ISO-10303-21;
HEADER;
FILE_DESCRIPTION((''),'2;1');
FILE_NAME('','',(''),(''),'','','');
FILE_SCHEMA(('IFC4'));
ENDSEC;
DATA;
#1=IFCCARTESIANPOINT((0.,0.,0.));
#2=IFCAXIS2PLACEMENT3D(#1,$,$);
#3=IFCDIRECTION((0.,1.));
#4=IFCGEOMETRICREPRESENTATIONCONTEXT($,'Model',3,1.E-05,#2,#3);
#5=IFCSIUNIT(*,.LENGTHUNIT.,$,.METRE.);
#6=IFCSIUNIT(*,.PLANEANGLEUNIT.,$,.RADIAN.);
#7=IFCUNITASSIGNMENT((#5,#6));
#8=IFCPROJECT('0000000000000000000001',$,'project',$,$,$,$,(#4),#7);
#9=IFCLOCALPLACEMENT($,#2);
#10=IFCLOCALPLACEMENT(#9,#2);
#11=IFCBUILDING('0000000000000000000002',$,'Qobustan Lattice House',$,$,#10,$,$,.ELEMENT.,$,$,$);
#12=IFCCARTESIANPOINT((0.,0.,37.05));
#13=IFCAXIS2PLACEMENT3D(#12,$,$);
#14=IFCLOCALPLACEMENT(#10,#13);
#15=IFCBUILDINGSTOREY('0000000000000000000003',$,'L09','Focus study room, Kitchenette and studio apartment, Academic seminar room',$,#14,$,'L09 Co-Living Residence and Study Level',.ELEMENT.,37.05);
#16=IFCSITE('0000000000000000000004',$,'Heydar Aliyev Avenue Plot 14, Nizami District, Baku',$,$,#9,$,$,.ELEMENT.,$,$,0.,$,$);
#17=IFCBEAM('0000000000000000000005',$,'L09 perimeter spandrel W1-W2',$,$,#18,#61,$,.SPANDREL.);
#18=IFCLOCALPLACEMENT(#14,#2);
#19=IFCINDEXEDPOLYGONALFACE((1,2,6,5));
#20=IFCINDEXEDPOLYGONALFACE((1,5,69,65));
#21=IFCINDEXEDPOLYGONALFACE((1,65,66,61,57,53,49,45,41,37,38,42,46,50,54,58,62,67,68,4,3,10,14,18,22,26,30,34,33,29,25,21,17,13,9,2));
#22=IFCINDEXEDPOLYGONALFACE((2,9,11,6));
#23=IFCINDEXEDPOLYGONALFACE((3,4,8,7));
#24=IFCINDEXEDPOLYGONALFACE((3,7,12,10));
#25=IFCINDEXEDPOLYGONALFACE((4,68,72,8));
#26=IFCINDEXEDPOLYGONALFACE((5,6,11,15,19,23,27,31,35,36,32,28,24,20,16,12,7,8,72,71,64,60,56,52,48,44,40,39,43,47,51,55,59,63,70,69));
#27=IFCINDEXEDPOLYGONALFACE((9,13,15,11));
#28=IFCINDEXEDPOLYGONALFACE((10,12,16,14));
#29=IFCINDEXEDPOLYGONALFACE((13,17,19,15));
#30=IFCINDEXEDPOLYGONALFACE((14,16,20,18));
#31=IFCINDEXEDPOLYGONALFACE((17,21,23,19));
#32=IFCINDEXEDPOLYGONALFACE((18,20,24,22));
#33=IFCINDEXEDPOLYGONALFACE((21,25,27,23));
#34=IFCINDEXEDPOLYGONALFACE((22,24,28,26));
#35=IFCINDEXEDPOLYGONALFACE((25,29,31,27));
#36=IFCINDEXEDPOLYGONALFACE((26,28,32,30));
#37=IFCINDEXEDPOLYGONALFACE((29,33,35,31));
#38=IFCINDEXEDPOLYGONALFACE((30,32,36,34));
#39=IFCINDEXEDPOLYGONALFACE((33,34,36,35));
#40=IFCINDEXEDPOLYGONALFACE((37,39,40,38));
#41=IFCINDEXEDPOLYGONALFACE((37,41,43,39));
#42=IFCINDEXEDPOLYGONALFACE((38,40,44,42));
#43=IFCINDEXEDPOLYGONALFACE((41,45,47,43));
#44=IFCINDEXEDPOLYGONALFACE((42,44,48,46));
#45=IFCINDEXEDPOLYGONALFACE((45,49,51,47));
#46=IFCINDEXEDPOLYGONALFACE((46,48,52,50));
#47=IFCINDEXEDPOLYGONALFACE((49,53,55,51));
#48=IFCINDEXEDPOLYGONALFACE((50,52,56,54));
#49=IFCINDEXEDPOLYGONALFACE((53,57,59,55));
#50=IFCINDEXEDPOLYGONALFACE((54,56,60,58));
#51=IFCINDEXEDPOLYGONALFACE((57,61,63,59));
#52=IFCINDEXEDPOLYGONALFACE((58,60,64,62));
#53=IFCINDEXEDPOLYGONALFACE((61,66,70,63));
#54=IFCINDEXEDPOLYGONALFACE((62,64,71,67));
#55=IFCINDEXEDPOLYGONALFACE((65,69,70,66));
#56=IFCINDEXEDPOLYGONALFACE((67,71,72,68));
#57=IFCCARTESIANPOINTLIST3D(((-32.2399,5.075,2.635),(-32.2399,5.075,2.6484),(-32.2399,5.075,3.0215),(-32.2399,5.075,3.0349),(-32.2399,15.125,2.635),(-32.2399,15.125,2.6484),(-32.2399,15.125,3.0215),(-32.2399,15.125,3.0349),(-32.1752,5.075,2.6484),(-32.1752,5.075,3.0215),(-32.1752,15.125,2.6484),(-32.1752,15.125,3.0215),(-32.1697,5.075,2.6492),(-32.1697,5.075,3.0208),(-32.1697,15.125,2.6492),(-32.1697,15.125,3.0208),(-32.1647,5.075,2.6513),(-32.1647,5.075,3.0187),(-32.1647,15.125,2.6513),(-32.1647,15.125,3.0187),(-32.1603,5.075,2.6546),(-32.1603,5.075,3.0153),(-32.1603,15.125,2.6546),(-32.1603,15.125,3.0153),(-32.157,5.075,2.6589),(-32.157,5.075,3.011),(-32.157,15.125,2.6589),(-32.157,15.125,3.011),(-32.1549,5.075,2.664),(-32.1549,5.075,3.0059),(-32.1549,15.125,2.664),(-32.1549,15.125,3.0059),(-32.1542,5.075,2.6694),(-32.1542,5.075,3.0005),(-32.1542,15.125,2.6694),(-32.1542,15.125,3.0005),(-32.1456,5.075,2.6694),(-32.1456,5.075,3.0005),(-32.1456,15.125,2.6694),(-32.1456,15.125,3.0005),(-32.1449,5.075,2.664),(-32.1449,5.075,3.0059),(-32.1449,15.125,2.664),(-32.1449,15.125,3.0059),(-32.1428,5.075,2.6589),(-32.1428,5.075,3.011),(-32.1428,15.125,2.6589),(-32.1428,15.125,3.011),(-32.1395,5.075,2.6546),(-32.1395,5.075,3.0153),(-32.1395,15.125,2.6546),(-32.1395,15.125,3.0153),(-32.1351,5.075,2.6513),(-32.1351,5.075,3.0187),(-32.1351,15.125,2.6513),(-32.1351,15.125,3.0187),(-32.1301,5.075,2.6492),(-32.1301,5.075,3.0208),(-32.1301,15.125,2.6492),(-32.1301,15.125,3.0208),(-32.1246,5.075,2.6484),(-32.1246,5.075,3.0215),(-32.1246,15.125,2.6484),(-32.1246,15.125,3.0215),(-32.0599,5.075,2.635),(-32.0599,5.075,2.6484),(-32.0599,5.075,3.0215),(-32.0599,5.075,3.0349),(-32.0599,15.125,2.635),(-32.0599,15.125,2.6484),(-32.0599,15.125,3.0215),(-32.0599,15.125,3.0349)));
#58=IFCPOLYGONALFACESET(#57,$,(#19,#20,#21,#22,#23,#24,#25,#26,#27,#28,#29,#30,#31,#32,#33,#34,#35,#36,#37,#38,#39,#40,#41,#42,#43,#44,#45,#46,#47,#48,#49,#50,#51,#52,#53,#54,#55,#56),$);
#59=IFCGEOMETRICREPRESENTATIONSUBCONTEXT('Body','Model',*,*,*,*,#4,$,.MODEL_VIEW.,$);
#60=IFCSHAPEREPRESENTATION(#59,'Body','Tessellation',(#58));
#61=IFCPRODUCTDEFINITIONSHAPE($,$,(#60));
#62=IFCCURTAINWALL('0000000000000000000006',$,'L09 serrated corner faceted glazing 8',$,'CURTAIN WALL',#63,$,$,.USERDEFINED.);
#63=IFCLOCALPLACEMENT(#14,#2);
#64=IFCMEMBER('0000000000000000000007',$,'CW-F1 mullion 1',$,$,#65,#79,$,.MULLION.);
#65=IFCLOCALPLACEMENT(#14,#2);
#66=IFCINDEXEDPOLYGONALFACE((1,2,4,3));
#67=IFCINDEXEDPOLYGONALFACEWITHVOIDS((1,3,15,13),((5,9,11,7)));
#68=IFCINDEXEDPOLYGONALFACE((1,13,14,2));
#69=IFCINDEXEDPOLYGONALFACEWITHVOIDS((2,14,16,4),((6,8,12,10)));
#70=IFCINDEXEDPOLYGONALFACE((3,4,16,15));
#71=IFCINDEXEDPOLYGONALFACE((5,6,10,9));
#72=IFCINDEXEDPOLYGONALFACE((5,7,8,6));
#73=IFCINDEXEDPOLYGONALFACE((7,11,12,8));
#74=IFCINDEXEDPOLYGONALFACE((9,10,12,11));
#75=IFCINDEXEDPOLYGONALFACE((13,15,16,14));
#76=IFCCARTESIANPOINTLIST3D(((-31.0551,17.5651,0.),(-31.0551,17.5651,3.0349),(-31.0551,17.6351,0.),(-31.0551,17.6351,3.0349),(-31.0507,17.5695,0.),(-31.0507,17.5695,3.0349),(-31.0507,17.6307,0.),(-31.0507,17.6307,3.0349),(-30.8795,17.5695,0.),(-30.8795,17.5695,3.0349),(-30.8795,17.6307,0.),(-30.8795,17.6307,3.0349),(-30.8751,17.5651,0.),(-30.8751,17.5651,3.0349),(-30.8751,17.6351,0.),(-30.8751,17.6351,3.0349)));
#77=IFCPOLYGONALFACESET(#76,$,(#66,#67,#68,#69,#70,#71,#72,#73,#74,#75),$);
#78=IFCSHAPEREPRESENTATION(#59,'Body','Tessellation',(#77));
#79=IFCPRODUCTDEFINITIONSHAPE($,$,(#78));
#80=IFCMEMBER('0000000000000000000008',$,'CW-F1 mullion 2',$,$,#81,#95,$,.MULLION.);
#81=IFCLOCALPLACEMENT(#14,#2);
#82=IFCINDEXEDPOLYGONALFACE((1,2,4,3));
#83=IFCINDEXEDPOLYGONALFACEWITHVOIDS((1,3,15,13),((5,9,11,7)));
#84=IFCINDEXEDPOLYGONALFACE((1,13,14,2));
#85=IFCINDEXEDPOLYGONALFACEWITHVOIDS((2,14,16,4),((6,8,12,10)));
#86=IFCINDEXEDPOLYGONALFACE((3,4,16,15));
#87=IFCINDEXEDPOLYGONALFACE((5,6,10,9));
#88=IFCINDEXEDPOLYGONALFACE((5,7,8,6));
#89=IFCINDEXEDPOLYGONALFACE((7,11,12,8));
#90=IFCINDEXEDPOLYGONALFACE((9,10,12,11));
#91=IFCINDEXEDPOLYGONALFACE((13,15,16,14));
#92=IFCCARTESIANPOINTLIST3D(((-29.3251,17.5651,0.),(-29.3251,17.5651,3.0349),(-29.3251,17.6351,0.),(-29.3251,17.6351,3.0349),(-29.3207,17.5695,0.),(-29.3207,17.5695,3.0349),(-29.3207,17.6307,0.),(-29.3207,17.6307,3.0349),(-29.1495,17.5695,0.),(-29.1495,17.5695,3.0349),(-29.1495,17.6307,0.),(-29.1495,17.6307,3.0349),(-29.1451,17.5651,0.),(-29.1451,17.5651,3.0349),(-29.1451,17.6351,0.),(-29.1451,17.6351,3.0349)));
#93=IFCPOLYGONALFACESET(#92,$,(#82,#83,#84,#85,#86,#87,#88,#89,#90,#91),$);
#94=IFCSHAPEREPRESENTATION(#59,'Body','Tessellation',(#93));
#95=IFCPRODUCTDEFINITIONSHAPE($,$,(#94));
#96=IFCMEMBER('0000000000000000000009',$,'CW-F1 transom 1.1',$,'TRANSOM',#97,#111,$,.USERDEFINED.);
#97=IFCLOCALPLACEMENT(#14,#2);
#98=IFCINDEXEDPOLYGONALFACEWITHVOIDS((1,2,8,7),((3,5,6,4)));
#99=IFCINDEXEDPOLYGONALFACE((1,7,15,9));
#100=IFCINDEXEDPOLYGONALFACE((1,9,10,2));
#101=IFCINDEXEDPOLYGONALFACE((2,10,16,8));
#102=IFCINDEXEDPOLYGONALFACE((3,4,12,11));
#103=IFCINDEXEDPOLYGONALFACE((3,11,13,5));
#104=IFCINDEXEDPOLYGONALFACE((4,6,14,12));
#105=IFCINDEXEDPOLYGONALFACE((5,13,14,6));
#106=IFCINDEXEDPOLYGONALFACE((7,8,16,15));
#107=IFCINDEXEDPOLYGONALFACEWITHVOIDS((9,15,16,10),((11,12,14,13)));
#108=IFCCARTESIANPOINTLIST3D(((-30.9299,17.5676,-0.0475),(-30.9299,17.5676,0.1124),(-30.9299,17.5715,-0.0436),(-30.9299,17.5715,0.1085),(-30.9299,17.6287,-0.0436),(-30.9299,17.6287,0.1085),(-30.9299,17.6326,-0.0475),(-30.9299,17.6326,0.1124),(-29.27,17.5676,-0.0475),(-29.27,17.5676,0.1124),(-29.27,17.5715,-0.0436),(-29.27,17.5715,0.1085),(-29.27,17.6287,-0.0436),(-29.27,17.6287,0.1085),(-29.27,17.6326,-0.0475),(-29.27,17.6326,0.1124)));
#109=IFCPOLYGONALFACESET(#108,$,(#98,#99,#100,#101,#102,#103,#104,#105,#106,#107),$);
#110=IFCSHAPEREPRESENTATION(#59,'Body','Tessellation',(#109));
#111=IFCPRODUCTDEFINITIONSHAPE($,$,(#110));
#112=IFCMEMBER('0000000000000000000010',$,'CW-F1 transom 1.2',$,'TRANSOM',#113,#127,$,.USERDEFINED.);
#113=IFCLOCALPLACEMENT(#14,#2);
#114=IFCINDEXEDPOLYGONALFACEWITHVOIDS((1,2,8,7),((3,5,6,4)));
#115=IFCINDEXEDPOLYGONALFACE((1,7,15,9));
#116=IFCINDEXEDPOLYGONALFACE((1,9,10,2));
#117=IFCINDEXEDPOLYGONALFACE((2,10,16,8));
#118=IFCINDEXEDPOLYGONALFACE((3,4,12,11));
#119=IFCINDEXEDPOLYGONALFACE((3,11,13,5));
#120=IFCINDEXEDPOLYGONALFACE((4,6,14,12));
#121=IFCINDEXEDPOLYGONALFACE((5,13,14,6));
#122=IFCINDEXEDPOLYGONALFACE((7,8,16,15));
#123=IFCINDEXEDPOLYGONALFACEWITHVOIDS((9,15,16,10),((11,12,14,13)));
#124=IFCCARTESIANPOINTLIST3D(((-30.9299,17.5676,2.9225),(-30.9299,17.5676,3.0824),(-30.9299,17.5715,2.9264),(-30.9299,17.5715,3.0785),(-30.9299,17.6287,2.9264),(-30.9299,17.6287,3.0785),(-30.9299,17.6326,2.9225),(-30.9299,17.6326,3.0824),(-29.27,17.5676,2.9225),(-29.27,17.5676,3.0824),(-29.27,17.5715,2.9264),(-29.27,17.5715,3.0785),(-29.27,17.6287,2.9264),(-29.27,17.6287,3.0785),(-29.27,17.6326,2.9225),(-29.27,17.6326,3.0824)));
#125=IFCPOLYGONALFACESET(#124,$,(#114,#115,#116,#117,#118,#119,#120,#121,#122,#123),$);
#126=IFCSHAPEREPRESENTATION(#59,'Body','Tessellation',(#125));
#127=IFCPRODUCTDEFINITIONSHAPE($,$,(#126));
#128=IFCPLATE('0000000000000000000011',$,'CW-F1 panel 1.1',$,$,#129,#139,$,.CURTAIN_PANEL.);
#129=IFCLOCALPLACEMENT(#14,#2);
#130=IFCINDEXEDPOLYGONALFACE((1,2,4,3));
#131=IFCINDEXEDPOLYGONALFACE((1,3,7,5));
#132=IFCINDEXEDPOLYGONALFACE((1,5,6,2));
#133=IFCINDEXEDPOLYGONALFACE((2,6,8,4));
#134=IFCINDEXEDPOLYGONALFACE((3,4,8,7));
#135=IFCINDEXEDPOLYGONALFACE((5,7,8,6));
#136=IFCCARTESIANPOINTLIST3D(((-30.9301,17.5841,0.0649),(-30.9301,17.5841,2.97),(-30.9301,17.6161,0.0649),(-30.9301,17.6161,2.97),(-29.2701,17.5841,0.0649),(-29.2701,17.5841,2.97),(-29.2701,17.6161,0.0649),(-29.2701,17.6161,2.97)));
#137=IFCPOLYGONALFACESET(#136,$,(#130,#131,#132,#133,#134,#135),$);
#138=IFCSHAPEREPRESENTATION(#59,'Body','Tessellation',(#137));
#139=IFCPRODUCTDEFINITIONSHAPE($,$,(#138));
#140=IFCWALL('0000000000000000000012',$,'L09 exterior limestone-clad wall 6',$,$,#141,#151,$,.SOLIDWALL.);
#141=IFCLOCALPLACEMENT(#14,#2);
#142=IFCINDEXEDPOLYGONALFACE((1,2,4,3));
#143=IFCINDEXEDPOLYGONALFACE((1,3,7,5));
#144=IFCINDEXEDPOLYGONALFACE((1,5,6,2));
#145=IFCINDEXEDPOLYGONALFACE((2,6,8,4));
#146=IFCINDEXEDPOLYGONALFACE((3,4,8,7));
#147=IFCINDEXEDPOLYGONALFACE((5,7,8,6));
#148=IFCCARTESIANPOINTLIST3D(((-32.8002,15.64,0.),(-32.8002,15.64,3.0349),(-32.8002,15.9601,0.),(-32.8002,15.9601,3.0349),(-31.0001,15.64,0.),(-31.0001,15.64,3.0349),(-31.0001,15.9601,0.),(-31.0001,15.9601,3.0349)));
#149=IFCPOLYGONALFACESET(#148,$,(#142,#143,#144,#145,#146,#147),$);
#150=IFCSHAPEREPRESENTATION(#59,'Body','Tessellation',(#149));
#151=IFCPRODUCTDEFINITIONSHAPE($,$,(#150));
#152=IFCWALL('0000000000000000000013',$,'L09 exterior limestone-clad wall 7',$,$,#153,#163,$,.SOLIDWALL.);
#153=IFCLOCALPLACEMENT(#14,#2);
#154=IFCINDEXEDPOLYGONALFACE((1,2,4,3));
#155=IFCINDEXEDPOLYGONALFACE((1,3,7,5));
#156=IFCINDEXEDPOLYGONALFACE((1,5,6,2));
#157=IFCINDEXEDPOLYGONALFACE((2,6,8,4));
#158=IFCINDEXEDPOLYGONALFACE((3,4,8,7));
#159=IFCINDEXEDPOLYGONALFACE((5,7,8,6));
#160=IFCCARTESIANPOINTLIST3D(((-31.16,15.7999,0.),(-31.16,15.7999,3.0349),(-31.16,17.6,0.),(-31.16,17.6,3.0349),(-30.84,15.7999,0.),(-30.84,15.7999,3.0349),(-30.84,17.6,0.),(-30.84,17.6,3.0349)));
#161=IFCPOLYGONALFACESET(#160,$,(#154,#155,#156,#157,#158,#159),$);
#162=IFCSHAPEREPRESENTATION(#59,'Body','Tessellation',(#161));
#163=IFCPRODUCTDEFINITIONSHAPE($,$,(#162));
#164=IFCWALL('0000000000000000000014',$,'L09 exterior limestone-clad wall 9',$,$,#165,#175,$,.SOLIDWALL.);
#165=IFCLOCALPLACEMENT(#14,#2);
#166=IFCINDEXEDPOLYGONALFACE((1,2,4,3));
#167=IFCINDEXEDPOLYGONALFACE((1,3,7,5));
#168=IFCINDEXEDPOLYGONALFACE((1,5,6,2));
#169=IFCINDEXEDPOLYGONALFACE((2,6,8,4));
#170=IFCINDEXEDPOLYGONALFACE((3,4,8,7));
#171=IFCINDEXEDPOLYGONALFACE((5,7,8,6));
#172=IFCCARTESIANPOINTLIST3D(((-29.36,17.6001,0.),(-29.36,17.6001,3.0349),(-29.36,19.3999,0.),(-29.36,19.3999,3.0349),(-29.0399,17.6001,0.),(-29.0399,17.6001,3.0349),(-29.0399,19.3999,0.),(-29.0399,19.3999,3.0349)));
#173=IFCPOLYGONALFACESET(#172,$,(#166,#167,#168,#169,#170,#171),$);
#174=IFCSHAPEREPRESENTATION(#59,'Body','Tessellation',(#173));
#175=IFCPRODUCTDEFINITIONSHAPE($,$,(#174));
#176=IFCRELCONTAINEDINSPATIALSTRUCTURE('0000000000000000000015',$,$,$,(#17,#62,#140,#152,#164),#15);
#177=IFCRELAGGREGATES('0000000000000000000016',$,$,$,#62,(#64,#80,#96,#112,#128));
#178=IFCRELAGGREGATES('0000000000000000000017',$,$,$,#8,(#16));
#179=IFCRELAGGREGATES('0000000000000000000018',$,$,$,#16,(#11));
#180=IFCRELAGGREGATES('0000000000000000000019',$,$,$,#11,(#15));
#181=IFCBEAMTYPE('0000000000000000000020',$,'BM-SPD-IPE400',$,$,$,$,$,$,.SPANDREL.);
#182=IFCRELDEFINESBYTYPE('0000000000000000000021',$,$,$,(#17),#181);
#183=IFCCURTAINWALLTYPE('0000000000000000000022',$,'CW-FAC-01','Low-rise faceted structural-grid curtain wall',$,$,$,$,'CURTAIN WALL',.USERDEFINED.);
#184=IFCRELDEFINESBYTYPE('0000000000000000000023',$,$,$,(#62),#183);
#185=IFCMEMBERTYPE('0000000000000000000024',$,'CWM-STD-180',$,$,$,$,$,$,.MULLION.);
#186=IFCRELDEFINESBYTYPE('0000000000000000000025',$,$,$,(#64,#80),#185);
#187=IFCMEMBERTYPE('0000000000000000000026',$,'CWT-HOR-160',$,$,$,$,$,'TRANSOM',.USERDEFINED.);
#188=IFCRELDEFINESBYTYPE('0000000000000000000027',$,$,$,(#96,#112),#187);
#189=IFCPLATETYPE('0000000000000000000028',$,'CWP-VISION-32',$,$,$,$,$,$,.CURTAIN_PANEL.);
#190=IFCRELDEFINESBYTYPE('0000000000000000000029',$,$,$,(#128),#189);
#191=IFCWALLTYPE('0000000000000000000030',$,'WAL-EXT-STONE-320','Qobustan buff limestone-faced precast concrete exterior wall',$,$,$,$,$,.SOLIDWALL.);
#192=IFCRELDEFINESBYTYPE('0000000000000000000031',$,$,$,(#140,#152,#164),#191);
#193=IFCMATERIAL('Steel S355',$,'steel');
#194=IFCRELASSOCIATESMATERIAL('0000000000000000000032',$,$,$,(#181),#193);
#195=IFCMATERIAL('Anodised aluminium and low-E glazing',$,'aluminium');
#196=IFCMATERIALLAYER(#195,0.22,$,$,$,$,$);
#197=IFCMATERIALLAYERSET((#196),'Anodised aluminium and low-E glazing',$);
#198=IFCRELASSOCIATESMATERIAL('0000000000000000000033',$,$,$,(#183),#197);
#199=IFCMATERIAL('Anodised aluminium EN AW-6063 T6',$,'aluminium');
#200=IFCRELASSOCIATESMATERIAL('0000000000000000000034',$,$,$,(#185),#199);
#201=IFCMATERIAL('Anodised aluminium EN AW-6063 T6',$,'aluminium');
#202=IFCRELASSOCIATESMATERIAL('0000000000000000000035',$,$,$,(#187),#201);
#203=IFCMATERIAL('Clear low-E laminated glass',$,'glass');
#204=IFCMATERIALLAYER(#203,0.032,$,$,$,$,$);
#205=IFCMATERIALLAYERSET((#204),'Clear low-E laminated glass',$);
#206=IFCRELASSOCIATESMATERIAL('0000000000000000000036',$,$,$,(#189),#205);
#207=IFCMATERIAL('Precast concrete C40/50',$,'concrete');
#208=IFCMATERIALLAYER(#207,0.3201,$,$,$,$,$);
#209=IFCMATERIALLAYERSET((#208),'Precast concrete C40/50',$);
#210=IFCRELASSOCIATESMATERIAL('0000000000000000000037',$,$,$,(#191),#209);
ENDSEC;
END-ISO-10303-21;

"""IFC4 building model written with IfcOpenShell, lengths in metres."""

from ifc_helpers import new_model, si_unit, direction, frame, frame_2d, origin, origin_2d, place, context, subcontext, project, spatial, rectangle, hollow_rectangle, i_section, extrude, material, layer, layer_set, material_profile, profile_set, type_object, element, aggregate, save


model = new_model("IFC4")

# Units and contexts
model_context = context("Model", 3, precision=1e-05, world=origin(), true_north=direction((0.0, 1.0)))
body_context = subcontext(model_context, "Body", "Model", "MODEL_VIEW")
ifc_project = project(units=[si_unit("LENGTHUNIT", "METRE"), si_unit("PLANEANGLEUNIT", "RADIAN")], contexts=[model_context])

# Site, building, storey
site_placement = place(None, origin())
site = spatial("IfcSite", under=ifc_project, at=site_placement, Name="Heydar Aliyev Avenue Plot 14, Nizami District, Baku", CompositionType="ELEMENT", RefElevation=0.0)
building_placement = place(site_placement, origin())
building = spatial("IfcBuilding", under=site, at=building_placement, Name="Qobustan Lattice House", CompositionType="ELEMENT")
storey_placement = place(building_placement, frame((0.0, 0.0, 37.05)))
storey = spatial("IfcBuildingStorey", under=building, at=storey_placement, Name="L09", Description="Focus study room, Kitchenette and studio apartment, Academic seminar room", LongName="L09 Co-Living Residence and Study Level", CompositionType="ELEMENT", Elevation=37.05)

# Beam
ifc_material_1 = material(Name="Steel S355", Category="steel")
ifc_material_profile_1 = material_profile(ifc_material_1, i_section(OverallWidth=0.1799, OverallDepth=0.3999, WebThickness=0.0085, FlangeThickness=0.0134, FilletRadius=0.021, at=origin_2d()), Name="IPE400")
ifc_profile_set_1 = profile_set([ifc_material_profile_1], Name="Steel S355")
beam_type_1 = type_object("IfcBeamType", Name="BM-SPD-IPE400", PredefinedType="SPANDREL", material=ifc_profile_set_1)
beam_1_placement = place(storey_placement, frame((-32.1499, 15.125, 2.835), z_axis=(0.0, -1.0, 0.0), x_axis=(1.0, 0.0, 0.0)))
element("IfcBeam", 1, at=beam_1_placement, inside=storey, type_object=beam_type_1, Name="L09 perimeter spandrel W1-W2", PredefinedType="SPANDREL", context=body_context, shape_type="SweptSolid", body=[
    extrude(i_section(OverallWidth=0.1799, OverallDepth=0.3999, WebThickness=0.0085, FlangeThickness=0.0134, FilletRadius=0.021, at=origin_2d()), origin(), (0.0, 0.0, 1.0), 10.05),
])

# Curtain wall, members, plate
ifc_material_2 = material(Name="Anodised aluminium and low-E glazing", Category="aluminium")
ifc_layer_1 = layer(ifc_material_2, 0.22)
ifc_layer_set_1 = layer_set([ifc_layer_1], Name="Anodised aluminium and low-E glazing")
curtain_wall_type = type_object("IfcCurtainWallType", Name="CW-FAC-01", Description="Low-rise faceted structural-grid curtain wall", ElementType="CURTAIN WALL", PredefinedType="USERDEFINED", material=ifc_layer_set_1)
curtain_wall_placement = place(storey_placement, origin())
curtain_wall = element("IfcCurtainWall", 2, at=curtain_wall_placement, inside=storey, type_object=curtain_wall_type, Name="L09 serrated corner faceted glazing 8", ObjectType="CURTAIN WALL", PredefinedType="USERDEFINED")
ifc_material_3 = material(Name="Anodised aluminium EN AW-6063 T6", Category="aluminium")
ifc_material_profile_2 = material_profile(ifc_material_3, hollow_rectangle(XDim=0.0701, YDim=0.1799, WallThickness=0.0044, at=origin_2d()), Name="CWM-180x70")
ifc_profile_set_2 = profile_set([ifc_material_profile_2], Name="Anodised aluminium EN AW-6063 T6")
member_type_1 = type_object("IfcMemberType", Name="CWM-STD-180", PredefinedType="MULLION", material=ifc_profile_set_2)
member_1_placement = place(storey_placement, frame((-30.9651, 17.6001, 0.0), z_axis=(0.0, 0.0, 1.0), x_axis=(0.0, 1.0, 0.0)))
member_1 = element("IfcMember", 3, at=member_1_placement, type_object=member_type_1, Name="CW-F1 mullion 1", PredefinedType="MULLION", context=body_context, shape_type="SweptSolid", body=[
    extrude(hollow_rectangle(XDim=0.0701, YDim=0.1799, WallThickness=0.0044, at=origin_2d()), origin(), (0.0, 0.0, 1.0), 3.0349),
])
member_2_placement = place(storey_placement, frame((-29.2351, 17.6001, 0.0), z_axis=(0.0, 0.0, 1.0), x_axis=(0.0, 1.0, 0.0)))
member_2 = element("IfcMember", 4, at=member_2_placement, type_object=member_type_1, Name="CW-F1 mullion 2", PredefinedType="MULLION", context=body_context, shape_type="SweptSolid", body=[
    extrude(hollow_rectangle(XDim=0.0701, YDim=0.1799, WallThickness=0.0044, at=origin_2d()), origin(), (0.0, 0.0, 1.0), 3.0349),
])
ifc_material_4 = material(Name="Anodised aluminium EN AW-6063 T6", Category="aluminium")
ifc_material_profile_3 = material_profile(ifc_material_4, hollow_rectangle(XDim=0.0649, YDim=0.1599, WallThickness=0.0039, at=origin_2d()), Name="CWT-160x65")
ifc_profile_set_3 = profile_set([ifc_material_profile_3], Name="Anodised aluminium EN AW-6063 T6")
member_type_2 = type_object("IfcMemberType", Name="CWT-HOR-160", ElementType="TRANSOM", PredefinedType="USERDEFINED", material=ifc_profile_set_3)
member_3_placement = place(storey_placement, frame((-30.9299, 17.6001, 0.0325), z_axis=(1.0, 0.0, 0.0), x_axis=(0.0, 1.0, 0.0)))
member_3 = element("IfcMember", 5, at=member_3_placement, type_object=member_type_2, Name="CW-F1 transom 1.1", ObjectType="TRANSOM", PredefinedType="USERDEFINED", context=body_context, shape_type="SweptSolid", body=[
    extrude(hollow_rectangle(XDim=0.0649, YDim=0.1599, WallThickness=0.0039, at=origin_2d()), origin(), (0.0, 0.0, 1.0), 1.6599),
])
member_4_placement = place(storey_placement, frame((-30.9299, 17.6001, 3.0024), z_axis=(1.0, 0.0, 0.0), x_axis=(0.0, 1.0, 0.0)))
member_4 = element("IfcMember", 6, at=member_4_placement, type_object=member_type_2, Name="CW-F1 transom 1.2", ObjectType="TRANSOM", PredefinedType="USERDEFINED", context=body_context, shape_type="SweptSolid", body=[
    extrude(hollow_rectangle(XDim=0.0649, YDim=0.1599, WallThickness=0.0039, at=origin_2d()), origin(), (0.0, 0.0, 1.0), 1.6599),
])
ifc_material_5 = material(Name="Clear low-E laminated glass", Category="glass")
ifc_layer_2 = layer(ifc_material_5, 0.032)
ifc_layer_set_2 = layer_set([ifc_layer_2], Name="Clear low-E laminated glass")
plate_type = type_object("IfcPlateType", Name="CWP-VISION-32", PredefinedType="CURTAIN_PANEL", material=ifc_layer_set_2)
plate_placement = place(storey_placement, frame((-30.1001, 17.6001, 0.0649), z_axis=(0.0, 0.0, 1.0), x_axis=(1.0, 0.0, 0.0)))
plate = element("IfcPlate", 7, at=plate_placement, type_object=plate_type, Name="CW-F1 panel 1.1", PredefinedType="CURTAIN_PANEL", context=body_context, shape_type="SweptSolid", body=[
    extrude(rectangle(XDim=1.6599, YDim=0.032, at=origin_2d()), origin(), (0.0, 0.0, 1.0), 2.905),
])
aggregate(curtain_wall, [member_1, member_2, member_3, member_4, plate])

# Walls
ifc_material_6 = material(Name="Precast concrete C40/50", Category="concrete")
ifc_layer_3 = layer(ifc_material_6, 0.3201)
ifc_layer_set_3 = layer_set([ifc_layer_3], Name="Precast concrete C40/50")
wall_type = type_object("IfcWallType", Name="WAL-EXT-STONE-320", Description="Qobustan buff limestone-faced precast concrete exterior wall", PredefinedType="SOLIDWALL", material=ifc_layer_set_3)
for number, where, z_axis, x_axis, name in (
    (8, (-32.8, 15.8, 0.0), (0.0, 0.0, 1.0), (1.0, 0.0, 0.0), "L09 exterior limestone-clad wall 6"),
    (9, (-31.0, 15.8, 0.0), (0.0, 0.0, 1.0), (0.0, 1.0, 0.0), "L09 exterior limestone-clad wall 7"),
):
    element("IfcWall", number, at=place(storey_placement, frame(where, z_axis=z_axis, x_axis=x_axis)), inside=storey, type_object=wall_type, Name=name, PredefinedType="SOLIDWALL", context=body_context, shape_type="SweptSolid", body=[
        extrude(rectangle(XDim=1.8, YDim=0.3201, at=frame_2d((0.8999, 0.0))), origin(), (0.0, 0.0, 1.0), 3.0349),
    ])
wall_1_placement = place(storey_placement, frame((-29.2, 17.6001, 0.0), z_axis=(0.0, 0.0, 1.0), x_axis=(0.0, 1.0, 0.0)))
element("IfcWall", 10, at=wall_1_placement, inside=storey, type_object=wall_type, Name="L09 exterior limestone-clad wall 9", PredefinedType="SOLIDWALL", context=body_context, shape_type="SweptSolid", body=[
    extrude(rectangle(XDim=1.7998, YDim=0.3201, at=frame_2d((0.8999, 0.0))), origin(), (0.0, 0.0, 1.0), 3.0349),
])

save(model, "model.ifc")
